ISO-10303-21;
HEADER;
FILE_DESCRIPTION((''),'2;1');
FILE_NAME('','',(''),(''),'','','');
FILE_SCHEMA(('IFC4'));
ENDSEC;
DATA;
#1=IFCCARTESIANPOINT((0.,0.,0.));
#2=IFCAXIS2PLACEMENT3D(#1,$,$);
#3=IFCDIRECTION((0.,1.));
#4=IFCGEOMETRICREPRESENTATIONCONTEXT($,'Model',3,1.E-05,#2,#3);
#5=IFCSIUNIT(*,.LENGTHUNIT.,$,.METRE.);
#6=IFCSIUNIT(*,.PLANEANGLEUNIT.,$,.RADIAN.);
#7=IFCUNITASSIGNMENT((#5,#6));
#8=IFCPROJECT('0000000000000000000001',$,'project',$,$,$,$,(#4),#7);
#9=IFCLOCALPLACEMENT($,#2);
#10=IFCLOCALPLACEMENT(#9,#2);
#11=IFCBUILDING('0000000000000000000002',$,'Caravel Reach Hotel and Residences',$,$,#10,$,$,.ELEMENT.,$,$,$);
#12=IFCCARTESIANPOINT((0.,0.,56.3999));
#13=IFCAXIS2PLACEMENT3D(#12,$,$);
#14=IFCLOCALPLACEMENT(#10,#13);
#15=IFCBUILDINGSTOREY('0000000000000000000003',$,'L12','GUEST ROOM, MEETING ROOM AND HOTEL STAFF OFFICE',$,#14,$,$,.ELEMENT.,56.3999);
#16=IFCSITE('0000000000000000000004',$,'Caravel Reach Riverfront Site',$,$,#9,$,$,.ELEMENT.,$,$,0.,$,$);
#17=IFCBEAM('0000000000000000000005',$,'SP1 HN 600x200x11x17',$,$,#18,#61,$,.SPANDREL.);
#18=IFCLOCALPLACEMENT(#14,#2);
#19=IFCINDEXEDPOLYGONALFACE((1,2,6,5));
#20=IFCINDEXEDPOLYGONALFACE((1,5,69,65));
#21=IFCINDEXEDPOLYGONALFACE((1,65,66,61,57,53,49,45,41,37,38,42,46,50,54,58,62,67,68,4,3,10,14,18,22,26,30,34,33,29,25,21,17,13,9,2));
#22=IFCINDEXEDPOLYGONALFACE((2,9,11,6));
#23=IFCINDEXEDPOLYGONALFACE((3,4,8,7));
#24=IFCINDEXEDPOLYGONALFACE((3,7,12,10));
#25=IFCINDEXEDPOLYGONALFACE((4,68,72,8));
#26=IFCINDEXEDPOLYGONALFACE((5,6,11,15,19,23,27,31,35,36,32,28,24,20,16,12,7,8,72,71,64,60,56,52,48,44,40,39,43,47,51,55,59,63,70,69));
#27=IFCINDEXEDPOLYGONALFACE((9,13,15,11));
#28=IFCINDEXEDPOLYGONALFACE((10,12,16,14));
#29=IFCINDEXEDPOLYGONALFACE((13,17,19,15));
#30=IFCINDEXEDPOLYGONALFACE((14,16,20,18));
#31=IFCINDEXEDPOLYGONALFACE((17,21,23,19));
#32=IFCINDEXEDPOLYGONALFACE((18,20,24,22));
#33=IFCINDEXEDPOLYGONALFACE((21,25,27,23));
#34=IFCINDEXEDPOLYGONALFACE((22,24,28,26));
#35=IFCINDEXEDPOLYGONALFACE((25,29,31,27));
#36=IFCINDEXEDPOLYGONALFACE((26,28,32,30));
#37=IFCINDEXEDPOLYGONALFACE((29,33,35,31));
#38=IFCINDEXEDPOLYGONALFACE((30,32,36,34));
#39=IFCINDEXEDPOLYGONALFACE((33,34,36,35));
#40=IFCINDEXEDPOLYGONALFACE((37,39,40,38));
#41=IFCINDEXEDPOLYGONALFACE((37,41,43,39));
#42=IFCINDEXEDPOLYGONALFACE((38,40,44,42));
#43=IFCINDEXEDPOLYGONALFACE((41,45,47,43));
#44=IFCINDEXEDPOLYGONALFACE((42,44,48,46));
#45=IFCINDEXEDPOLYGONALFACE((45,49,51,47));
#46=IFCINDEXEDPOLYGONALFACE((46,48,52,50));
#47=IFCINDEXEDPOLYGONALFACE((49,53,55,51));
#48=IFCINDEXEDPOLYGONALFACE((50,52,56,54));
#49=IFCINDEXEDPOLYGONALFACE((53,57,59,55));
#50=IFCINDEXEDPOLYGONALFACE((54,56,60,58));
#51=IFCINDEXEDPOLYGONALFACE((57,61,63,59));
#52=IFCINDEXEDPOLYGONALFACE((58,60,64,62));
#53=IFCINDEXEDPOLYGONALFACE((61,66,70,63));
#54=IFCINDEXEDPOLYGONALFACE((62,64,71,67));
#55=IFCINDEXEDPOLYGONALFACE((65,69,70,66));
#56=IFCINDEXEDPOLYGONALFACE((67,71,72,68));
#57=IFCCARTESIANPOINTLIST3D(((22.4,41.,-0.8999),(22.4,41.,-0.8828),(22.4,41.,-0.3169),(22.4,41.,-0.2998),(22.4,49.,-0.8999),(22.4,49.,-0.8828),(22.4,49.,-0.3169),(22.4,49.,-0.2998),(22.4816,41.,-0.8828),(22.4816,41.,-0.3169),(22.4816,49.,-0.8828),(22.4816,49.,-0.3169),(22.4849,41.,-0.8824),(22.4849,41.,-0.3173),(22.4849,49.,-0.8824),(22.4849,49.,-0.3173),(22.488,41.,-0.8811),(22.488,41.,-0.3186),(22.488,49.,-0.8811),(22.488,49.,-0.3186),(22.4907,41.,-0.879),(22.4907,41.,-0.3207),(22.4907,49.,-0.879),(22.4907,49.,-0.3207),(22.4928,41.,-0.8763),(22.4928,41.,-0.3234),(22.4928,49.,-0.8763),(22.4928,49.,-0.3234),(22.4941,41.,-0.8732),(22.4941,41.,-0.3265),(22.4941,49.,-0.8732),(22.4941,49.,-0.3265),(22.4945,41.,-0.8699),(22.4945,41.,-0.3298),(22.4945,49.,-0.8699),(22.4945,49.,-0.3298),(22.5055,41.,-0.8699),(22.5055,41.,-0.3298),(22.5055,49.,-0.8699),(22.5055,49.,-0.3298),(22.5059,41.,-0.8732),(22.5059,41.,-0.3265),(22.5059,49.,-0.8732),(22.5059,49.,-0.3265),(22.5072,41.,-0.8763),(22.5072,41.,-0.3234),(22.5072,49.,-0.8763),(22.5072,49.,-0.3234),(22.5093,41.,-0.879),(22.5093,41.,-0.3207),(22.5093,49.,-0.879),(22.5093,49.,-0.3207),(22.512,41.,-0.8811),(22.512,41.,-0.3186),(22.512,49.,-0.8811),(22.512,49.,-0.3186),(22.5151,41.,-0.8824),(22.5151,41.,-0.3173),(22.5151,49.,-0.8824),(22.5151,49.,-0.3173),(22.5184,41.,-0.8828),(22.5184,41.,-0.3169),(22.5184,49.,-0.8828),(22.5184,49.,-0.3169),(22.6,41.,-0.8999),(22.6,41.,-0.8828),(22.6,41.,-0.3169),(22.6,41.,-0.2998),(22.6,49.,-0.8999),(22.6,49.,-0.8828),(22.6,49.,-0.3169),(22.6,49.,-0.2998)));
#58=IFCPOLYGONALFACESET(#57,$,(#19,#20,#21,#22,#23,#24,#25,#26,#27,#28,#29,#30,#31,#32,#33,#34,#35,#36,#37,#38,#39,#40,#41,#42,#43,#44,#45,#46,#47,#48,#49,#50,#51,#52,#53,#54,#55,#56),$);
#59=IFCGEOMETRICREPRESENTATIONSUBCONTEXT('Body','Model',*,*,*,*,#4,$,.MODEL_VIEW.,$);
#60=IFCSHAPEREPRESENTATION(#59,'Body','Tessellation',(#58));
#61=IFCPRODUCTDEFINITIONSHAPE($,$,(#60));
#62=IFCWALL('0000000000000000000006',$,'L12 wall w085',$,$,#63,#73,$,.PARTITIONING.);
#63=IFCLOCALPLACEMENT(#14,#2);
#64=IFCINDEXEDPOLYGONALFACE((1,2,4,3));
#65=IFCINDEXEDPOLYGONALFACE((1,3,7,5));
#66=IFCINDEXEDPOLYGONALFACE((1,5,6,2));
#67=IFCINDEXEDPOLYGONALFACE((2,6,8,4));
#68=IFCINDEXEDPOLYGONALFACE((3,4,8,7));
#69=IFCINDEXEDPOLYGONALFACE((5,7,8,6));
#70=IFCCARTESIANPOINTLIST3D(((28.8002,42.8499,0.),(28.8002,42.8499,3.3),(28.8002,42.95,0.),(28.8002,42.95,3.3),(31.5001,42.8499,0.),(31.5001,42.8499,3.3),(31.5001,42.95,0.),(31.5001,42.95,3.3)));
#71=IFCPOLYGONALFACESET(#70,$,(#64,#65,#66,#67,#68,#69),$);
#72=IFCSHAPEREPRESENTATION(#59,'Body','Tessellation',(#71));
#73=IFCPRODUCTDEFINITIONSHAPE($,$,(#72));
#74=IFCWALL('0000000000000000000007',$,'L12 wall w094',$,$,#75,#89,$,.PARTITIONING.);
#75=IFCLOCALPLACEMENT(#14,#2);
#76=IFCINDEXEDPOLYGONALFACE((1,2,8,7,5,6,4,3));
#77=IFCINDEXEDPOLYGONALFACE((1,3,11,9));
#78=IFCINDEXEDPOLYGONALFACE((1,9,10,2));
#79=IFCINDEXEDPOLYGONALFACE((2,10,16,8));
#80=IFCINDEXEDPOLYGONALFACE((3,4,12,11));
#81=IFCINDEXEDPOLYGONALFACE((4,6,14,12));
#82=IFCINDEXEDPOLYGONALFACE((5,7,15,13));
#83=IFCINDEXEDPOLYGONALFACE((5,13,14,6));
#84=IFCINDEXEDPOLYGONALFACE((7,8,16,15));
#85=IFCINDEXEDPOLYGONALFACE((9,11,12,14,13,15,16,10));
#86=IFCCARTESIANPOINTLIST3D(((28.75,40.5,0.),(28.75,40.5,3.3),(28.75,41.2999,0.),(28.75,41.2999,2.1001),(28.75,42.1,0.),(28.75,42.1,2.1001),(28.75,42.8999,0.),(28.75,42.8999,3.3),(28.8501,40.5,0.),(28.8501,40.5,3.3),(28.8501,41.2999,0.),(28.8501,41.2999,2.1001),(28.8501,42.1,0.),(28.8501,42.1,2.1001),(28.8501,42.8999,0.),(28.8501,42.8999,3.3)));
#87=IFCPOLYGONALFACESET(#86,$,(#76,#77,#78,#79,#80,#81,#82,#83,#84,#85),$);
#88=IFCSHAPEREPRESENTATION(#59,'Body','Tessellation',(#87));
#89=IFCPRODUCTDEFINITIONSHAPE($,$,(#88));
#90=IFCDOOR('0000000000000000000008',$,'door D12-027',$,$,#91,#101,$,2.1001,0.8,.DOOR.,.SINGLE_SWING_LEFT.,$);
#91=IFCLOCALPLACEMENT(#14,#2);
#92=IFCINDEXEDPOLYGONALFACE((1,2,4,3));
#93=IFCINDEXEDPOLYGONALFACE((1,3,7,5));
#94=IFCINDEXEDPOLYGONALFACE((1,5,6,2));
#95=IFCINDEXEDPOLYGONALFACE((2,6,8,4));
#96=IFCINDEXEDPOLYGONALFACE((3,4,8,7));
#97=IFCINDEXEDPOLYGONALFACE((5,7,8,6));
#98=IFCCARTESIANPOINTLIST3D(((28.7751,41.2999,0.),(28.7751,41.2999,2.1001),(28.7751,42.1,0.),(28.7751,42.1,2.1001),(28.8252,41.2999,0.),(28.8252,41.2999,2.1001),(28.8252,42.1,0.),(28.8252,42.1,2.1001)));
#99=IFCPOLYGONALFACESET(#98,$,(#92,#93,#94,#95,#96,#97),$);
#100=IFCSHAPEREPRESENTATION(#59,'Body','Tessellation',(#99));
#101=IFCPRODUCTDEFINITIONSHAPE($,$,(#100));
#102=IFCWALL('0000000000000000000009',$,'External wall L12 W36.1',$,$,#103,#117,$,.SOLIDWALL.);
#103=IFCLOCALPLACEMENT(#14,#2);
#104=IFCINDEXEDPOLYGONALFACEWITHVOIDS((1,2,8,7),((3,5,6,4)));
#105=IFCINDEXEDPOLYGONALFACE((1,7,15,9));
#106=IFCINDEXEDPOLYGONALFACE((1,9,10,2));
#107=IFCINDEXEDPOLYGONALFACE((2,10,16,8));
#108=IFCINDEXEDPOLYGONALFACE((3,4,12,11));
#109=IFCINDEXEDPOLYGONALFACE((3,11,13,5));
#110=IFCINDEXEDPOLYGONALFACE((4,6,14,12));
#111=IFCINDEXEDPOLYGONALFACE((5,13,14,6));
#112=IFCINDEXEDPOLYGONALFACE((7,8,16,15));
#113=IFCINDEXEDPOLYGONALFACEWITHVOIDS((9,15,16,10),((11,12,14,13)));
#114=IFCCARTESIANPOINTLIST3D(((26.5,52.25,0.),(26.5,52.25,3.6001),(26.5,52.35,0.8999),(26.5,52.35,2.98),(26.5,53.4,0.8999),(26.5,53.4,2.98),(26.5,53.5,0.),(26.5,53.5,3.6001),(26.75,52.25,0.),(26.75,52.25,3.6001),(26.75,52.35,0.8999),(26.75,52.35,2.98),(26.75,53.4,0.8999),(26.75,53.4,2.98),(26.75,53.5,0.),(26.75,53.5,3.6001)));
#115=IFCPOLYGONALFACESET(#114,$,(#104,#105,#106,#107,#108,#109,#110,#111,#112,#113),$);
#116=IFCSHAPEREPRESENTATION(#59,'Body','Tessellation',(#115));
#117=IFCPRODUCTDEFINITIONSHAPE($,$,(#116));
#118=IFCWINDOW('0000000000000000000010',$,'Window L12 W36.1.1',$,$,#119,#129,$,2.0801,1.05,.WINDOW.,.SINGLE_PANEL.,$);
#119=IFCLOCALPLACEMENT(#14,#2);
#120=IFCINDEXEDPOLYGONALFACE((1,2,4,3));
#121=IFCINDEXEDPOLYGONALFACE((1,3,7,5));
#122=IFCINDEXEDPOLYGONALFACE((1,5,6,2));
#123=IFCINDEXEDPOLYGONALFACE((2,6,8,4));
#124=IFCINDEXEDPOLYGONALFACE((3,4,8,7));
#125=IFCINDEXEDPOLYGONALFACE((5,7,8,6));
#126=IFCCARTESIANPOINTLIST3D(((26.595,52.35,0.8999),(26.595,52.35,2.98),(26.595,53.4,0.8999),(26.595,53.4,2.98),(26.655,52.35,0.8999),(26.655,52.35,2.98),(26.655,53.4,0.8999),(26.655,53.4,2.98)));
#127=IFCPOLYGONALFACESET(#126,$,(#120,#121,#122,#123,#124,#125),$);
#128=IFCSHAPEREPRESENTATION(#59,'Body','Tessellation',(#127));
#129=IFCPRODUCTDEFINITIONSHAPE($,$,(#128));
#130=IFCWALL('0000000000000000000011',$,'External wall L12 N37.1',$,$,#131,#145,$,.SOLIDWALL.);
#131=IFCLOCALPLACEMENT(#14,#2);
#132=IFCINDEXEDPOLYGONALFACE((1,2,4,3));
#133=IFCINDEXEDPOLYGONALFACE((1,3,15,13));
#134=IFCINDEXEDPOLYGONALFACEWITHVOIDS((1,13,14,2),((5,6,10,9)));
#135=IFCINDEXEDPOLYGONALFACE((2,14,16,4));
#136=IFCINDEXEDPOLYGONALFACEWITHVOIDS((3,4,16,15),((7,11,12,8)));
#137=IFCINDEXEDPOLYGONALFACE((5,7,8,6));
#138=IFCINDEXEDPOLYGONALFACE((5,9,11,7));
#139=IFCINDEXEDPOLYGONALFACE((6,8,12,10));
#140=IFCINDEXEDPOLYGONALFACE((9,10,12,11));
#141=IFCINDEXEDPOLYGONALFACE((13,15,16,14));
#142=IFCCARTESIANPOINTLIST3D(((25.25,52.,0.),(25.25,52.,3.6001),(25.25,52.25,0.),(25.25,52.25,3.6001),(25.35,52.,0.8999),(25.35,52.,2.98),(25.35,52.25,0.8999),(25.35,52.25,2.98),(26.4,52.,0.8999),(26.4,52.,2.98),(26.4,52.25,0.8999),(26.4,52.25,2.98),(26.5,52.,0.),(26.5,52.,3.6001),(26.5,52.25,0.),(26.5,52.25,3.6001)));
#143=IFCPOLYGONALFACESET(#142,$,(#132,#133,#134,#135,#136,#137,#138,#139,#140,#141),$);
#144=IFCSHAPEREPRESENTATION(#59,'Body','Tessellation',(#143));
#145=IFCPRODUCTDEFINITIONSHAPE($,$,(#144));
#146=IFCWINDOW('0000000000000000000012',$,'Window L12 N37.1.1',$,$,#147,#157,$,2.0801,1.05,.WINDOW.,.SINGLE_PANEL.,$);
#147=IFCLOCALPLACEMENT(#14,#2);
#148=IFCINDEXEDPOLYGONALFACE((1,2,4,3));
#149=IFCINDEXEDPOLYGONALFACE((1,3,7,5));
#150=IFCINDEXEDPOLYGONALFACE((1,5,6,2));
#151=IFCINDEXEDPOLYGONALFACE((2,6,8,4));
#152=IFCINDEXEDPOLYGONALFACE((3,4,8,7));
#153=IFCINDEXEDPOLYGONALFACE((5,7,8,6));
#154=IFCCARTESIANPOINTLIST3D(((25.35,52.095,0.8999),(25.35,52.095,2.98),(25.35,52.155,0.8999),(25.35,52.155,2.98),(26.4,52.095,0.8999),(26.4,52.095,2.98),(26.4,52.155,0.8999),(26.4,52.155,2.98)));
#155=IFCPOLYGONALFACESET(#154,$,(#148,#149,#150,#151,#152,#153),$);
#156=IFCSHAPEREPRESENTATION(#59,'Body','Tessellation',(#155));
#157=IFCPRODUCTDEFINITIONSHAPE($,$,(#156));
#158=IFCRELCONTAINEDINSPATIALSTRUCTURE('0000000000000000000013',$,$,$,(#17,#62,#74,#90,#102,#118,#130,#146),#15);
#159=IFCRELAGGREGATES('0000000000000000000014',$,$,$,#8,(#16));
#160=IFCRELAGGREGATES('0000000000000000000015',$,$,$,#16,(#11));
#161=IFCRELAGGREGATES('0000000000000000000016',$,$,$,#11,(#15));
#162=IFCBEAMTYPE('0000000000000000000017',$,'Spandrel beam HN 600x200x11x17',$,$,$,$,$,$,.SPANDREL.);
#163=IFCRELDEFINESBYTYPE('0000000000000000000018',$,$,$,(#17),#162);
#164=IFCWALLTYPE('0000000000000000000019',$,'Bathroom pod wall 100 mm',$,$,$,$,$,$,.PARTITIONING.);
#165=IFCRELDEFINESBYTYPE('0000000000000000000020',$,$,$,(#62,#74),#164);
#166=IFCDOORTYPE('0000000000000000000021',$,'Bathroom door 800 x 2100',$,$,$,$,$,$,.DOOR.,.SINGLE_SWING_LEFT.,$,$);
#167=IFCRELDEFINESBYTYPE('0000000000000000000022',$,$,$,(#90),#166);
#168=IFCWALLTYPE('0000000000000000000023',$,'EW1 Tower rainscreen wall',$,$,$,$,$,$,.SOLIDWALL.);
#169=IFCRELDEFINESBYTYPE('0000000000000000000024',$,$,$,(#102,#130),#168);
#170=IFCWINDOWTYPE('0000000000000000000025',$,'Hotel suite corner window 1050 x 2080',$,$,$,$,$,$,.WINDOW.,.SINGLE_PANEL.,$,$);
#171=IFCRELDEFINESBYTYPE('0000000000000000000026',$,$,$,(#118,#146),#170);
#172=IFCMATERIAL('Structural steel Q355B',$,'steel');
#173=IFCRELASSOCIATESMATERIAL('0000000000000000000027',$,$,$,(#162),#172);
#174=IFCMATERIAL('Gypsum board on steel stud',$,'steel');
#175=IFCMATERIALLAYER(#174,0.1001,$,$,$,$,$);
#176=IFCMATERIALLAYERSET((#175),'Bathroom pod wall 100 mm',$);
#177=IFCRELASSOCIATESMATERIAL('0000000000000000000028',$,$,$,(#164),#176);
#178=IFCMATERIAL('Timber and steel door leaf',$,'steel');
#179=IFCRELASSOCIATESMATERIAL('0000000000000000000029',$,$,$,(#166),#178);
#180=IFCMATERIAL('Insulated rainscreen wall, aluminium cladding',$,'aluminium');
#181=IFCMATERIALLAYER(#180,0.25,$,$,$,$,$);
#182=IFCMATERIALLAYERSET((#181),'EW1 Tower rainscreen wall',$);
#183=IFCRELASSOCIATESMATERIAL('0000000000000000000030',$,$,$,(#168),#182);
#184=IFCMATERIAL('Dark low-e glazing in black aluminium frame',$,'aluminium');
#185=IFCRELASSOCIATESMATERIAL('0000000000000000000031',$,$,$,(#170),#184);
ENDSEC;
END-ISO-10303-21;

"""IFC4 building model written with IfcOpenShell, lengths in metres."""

from ifc_helpers import new_model, si_unit, direction, frame, frame_2d, origin, origin_2d, place, context, subcontext, project, spatial, rectangle, i_section, extrude, material, layer, layer_set, material_profile, profile_set, type_object, element, fill, save


model = new_model("IFC4")

# Units and contexts
model_context = context("Model", 3, precision=1e-05, world=origin(), true_north=direction((0.0, 1.0)))
body_context = subcontext(model_context, "Body", "Model", "MODEL_VIEW")
ifc_project = project(units=[si_unit("LENGTHUNIT", "METRE"), si_unit("PLANEANGLEUNIT", "RADIAN")], contexts=[model_context])

# Site, building, storey
site_placement = place(None, origin())
site = spatial("IfcSite", under=ifc_project, at=site_placement, Name="Caravel Reach Riverfront Site", CompositionType="ELEMENT", RefElevation=0.0)
building_placement = place(site_placement, origin())
building = spatial("IfcBuilding", under=site, at=building_placement, Name="Caravel Reach Hotel and Residences", CompositionType="ELEMENT")
storey_placement = place(building_placement, frame((0.0, 0.0, 56.3999)))
storey = spatial("IfcBuildingStorey", under=building, at=storey_placement, Name="L12", Description="GUEST ROOM, MEETING ROOM AND HOTEL STAFF OFFICE", CompositionType="ELEMENT", Elevation=56.3999)

# Beam
ifc_material_1 = material(Name="Structural steel Q355B", Category="steel")
ifc_material_profile_1 = material_profile(ifc_material_1, i_section(OverallWidth=0.2, OverallDepth=0.6001, WebThickness=0.011, FlangeThickness=0.0171, FilletRadius=0.0129, at=origin_2d()), Name="HN 600x200x11x17")
ifc_profile_set_1 = profile_set([ifc_material_profile_1], Name="Structural steel Q355B")
beam_type_1 = type_object("IfcBeamType", Name="Spandrel beam HN 600x200x11x17", PredefinedType="SPANDREL", material=ifc_profile_set_1)
beam_1_placement = place(storey_placement, frame((22.5, 49.0, -0.5999), z_axis=(0.0, -1.0, 0.0), x_axis=(1.0, 0.0, 0.0)))
element("IfcBeam", 1, at=beam_1_placement, inside=storey, type_object=beam_type_1, Name="SP1 HN 600x200x11x17", PredefinedType="SPANDREL", context=body_context, shape_type="SweptSolid", body=[
    extrude(i_section(OverallWidth=0.2, OverallDepth=0.6001, WebThickness=0.011, FlangeThickness=0.0171, FilletRadius=0.0129, at=origin_2d()), origin(), (0.0, 0.0, 1.0), 8.0),
])

# Wall
ifc_material_2 = material(Name="Gypsum board on steel stud", Category="steel")
ifc_layer_1 = layer(ifc_material_2, 0.1001)
ifc_layer_set_1 = layer_set([ifc_layer_1], Name="Bathroom pod wall 100 mm")
wall_type_1 = type_object("IfcWallType", Name="Bathroom pod wall 100 mm", PredefinedType="PARTITIONING", material=ifc_layer_set_1)
wall_1_placement = place(storey_placement, frame((28.8, 42.8999, 0.0), z_axis=(0.0, 0.0, 1.0), x_axis=(1.0, 0.0, 0.0)))
element("IfcWall", 2, at=wall_1_placement, inside=storey, type_object=wall_type_1, Name="L12 wall w085", PredefinedType="PARTITIONING", context=body_context, shape_type="SweptSolid", body=[
    extrude(rectangle(XDim=2.7, YDim=0.1001, at=frame_2d((1.3501, 0.0))), origin(), (0.0, 0.0, 1.0), 3.3),
])

# Wall, opening, door
wall_2_placement = place(storey_placement, frame((28.8, 40.5, 0.0), z_axis=(0.0, 0.0, 1.0), x_axis=(0.0, 1.0, 0.0)))
wall_2 = element("IfcWall", 3, at=wall_2_placement, inside=storey, type_object=wall_type_1, Name="L12 wall w094", PredefinedType="PARTITIONING", context=body_context, shape_type="SweptSolid", body=[
    extrude(rectangle(XDim=2.3999, YDim=0.1001, at=frame_2d((1.2, 0.0))), origin(), (0.0, 0.0, 1.0), 3.3),
])
opening_1_placement = place(wall_2_placement, frame((0.8, 0.0, 0.0)))
opening_1 = element("IfcOpeningElement", 4, at=opening_1_placement, cuts=wall_2, PredefinedType="OPENING", context=body_context, shape_type="SweptSolid", body=[
    extrude(rectangle(XDim=0.8, YDim=2.1001, at=frame_2d((0.3999, 1.05))), frame((0.0, 0.0601, 0.0), z_axis=(0.0, -1.0, 0.0), x_axis=(1.0, 0.0, 0.0)), (0.0, 0.0, 1.0), 0.1201),
])
ifc_material_3 = material(Name="Timber and steel door leaf", Category="steel")
door_type = type_object("IfcDoorType", Name="Bathroom door 800 x 2100", OperationType="SINGLE_SWING_LEFT", PredefinedType="DOOR", material=ifc_material_3)
door_placement = place(opening_1_placement, origin())
door = element("IfcDoor", 5, at=door_placement, inside=storey, type_object=door_type, Name="door D12-027", OperationType="SINGLE_SWING_LEFT", OverallHeight=2.1001, OverallWidth=0.8, PredefinedType="DOOR", context=body_context, shape_type="SweptSolid", body=[
    extrude(rectangle(XDim=0.8, YDim=2.1001, at=frame_2d((0.3999, 1.05))), frame((0.0, 0.0249, 0.0), z_axis=(0.0, -1.0, 0.0), x_axis=(1.0, 0.0, 0.0)), (0.0, 0.0, 1.0), 0.05),
])
fill(opening_1, door)

# Walls, openings, windows
ifc_material_4 = material(Name="Insulated rainscreen wall, aluminium cladding", Category="aluminium")
ifc_layer_2 = layer(ifc_material_4, 0.25)
ifc_layer_set_2 = layer_set([ifc_layer_2], Name="EW1 Tower rainscreen wall")
wall_type_2 = type_object("IfcWallType", Name="EW1 Tower rainscreen wall", PredefinedType="SOLIDWALL", material=ifc_layer_set_2)
wall_3_placement = place(storey_placement, frame((26.625, 53.5, 0.0), z_axis=(0.0, 0.0, 1.0), x_axis=(0.0, -1.0, 0.0)))
wall_3 = element("IfcWall", 6, at=wall_3_placement, inside=storey, type_object=wall_type_2, Name="External wall L12 W36.1", PredefinedType="SOLIDWALL", context=body_context, shape_type="SweptSolid", body=[
    extrude(rectangle(XDim=1.25, YDim=0.25, at=frame_2d((0.625, 0.0))), origin(), (0.0, 0.0, 1.0), 3.6001),
])
opening_2_placement = place(wall_3_placement, frame((0.1001, 0.0, 0.8999)))
opening_2 = element("IfcOpeningElement", 7, at=opening_2_placement, cuts=wall_3, PredefinedType="OPENING", context=body_context, shape_type="SweptSolid", body=[
    extrude(rectangle(XDim=1.05, YDim=2.0801, at=frame_2d((0.5249, 1.04))), frame((0.0, 0.135, 0.0), z_axis=(0.0, -1.0, 0.0), x_axis=(1.0, 0.0, 0.0)), (0.0, 0.0, 1.0), 0.27),
])
ifc_material_5 = material(Name="Dark low-e glazing in black aluminium frame", Category="aluminium")
window_type_1 = type_object("IfcWindowType", Name="Hotel suite corner window 1050 x 2080", PartitioningType="SINGLE_PANEL", PredefinedType="WINDOW", material=ifc_material_5)
window_1_placement = place(opening_2_placement, origin())
window_1 = element("IfcWindow", 8, at=window_1_placement, inside=storey, type_object=window_type_1, Name="Window L12 W36.1.1", OverallHeight=2.0801, OverallWidth=1.05, PartitioningType="SINGLE_PANEL", PredefinedType="WINDOW", context=body_context, shape_type="SweptSolid", body=[
    extrude(rectangle(XDim=1.05, YDim=2.0801, at=frame_2d((0.5249, 1.04))), frame((0.0, 0.03, 0.0), z_axis=(0.0, -1.0, 0.0), x_axis=(1.0, 0.0, 0.0)), (0.0, 0.0, 1.0), 0.0601),
])
fill(opening_2, window_1)
wall_4_placement = place(storey_placement, frame((26.5, 52.125, 0.0), z_axis=(0.0, 0.0, 1.0), x_axis=(-1.0, 0.0, 0.0)))
wall_4 = element("IfcWall", 9, at=wall_4_placement, inside=storey, type_object=wall_type_2, Name="External wall L12 N37.1", PredefinedType="SOLIDWALL", context=body_context, shape_type="SweptSolid", body=[
    extrude(rectangle(XDim=1.25, YDim=0.25, at=frame_2d((0.625, 0.0))), origin(), (0.0, 0.0, 1.0), 3.6001),
])
opening_3_placement = place(wall_4_placement, frame((0.1001, 0.0, 0.8999)))
opening_3 = element("IfcOpeningElement", 10, at=opening_3_placement, cuts=wall_4, PredefinedType="OPENING", context=body_context, shape_type="SweptSolid", body=[
    extrude(rectangle(XDim=1.05, YDim=2.0801, at=frame_2d((0.5249, 1.04))), frame((0.0, 0.135, 0.0), z_axis=(0.0, -1.0, 0.0), x_axis=(1.0, 0.0, 0.0)), (0.0, 0.0, 1.0), 0.27),
])
window_2_placement = place(opening_3_placement, origin())
window_2 = element("IfcWindow", 11, at=window_2_placement, inside=storey, type_object=window_type_1, Name="Window L12 N37.1.1", OverallHeight=2.0801, OverallWidth=1.05, PartitioningType="SINGLE_PANEL", PredefinedType="WINDOW", context=body_context, shape_type="SweptSolid", body=[
    extrude(rectangle(XDim=1.05, YDim=2.0801, at=frame_2d((0.5249, 1.04))), frame((0.0, 0.03, 0.0), z_axis=(0.0, -1.0, 0.0), x_axis=(1.0, 0.0, 0.0)), (0.0, 0.0, 1.0), 0.0601),
])
fill(opening_3, window_2)

save(model, "model.ifc")
